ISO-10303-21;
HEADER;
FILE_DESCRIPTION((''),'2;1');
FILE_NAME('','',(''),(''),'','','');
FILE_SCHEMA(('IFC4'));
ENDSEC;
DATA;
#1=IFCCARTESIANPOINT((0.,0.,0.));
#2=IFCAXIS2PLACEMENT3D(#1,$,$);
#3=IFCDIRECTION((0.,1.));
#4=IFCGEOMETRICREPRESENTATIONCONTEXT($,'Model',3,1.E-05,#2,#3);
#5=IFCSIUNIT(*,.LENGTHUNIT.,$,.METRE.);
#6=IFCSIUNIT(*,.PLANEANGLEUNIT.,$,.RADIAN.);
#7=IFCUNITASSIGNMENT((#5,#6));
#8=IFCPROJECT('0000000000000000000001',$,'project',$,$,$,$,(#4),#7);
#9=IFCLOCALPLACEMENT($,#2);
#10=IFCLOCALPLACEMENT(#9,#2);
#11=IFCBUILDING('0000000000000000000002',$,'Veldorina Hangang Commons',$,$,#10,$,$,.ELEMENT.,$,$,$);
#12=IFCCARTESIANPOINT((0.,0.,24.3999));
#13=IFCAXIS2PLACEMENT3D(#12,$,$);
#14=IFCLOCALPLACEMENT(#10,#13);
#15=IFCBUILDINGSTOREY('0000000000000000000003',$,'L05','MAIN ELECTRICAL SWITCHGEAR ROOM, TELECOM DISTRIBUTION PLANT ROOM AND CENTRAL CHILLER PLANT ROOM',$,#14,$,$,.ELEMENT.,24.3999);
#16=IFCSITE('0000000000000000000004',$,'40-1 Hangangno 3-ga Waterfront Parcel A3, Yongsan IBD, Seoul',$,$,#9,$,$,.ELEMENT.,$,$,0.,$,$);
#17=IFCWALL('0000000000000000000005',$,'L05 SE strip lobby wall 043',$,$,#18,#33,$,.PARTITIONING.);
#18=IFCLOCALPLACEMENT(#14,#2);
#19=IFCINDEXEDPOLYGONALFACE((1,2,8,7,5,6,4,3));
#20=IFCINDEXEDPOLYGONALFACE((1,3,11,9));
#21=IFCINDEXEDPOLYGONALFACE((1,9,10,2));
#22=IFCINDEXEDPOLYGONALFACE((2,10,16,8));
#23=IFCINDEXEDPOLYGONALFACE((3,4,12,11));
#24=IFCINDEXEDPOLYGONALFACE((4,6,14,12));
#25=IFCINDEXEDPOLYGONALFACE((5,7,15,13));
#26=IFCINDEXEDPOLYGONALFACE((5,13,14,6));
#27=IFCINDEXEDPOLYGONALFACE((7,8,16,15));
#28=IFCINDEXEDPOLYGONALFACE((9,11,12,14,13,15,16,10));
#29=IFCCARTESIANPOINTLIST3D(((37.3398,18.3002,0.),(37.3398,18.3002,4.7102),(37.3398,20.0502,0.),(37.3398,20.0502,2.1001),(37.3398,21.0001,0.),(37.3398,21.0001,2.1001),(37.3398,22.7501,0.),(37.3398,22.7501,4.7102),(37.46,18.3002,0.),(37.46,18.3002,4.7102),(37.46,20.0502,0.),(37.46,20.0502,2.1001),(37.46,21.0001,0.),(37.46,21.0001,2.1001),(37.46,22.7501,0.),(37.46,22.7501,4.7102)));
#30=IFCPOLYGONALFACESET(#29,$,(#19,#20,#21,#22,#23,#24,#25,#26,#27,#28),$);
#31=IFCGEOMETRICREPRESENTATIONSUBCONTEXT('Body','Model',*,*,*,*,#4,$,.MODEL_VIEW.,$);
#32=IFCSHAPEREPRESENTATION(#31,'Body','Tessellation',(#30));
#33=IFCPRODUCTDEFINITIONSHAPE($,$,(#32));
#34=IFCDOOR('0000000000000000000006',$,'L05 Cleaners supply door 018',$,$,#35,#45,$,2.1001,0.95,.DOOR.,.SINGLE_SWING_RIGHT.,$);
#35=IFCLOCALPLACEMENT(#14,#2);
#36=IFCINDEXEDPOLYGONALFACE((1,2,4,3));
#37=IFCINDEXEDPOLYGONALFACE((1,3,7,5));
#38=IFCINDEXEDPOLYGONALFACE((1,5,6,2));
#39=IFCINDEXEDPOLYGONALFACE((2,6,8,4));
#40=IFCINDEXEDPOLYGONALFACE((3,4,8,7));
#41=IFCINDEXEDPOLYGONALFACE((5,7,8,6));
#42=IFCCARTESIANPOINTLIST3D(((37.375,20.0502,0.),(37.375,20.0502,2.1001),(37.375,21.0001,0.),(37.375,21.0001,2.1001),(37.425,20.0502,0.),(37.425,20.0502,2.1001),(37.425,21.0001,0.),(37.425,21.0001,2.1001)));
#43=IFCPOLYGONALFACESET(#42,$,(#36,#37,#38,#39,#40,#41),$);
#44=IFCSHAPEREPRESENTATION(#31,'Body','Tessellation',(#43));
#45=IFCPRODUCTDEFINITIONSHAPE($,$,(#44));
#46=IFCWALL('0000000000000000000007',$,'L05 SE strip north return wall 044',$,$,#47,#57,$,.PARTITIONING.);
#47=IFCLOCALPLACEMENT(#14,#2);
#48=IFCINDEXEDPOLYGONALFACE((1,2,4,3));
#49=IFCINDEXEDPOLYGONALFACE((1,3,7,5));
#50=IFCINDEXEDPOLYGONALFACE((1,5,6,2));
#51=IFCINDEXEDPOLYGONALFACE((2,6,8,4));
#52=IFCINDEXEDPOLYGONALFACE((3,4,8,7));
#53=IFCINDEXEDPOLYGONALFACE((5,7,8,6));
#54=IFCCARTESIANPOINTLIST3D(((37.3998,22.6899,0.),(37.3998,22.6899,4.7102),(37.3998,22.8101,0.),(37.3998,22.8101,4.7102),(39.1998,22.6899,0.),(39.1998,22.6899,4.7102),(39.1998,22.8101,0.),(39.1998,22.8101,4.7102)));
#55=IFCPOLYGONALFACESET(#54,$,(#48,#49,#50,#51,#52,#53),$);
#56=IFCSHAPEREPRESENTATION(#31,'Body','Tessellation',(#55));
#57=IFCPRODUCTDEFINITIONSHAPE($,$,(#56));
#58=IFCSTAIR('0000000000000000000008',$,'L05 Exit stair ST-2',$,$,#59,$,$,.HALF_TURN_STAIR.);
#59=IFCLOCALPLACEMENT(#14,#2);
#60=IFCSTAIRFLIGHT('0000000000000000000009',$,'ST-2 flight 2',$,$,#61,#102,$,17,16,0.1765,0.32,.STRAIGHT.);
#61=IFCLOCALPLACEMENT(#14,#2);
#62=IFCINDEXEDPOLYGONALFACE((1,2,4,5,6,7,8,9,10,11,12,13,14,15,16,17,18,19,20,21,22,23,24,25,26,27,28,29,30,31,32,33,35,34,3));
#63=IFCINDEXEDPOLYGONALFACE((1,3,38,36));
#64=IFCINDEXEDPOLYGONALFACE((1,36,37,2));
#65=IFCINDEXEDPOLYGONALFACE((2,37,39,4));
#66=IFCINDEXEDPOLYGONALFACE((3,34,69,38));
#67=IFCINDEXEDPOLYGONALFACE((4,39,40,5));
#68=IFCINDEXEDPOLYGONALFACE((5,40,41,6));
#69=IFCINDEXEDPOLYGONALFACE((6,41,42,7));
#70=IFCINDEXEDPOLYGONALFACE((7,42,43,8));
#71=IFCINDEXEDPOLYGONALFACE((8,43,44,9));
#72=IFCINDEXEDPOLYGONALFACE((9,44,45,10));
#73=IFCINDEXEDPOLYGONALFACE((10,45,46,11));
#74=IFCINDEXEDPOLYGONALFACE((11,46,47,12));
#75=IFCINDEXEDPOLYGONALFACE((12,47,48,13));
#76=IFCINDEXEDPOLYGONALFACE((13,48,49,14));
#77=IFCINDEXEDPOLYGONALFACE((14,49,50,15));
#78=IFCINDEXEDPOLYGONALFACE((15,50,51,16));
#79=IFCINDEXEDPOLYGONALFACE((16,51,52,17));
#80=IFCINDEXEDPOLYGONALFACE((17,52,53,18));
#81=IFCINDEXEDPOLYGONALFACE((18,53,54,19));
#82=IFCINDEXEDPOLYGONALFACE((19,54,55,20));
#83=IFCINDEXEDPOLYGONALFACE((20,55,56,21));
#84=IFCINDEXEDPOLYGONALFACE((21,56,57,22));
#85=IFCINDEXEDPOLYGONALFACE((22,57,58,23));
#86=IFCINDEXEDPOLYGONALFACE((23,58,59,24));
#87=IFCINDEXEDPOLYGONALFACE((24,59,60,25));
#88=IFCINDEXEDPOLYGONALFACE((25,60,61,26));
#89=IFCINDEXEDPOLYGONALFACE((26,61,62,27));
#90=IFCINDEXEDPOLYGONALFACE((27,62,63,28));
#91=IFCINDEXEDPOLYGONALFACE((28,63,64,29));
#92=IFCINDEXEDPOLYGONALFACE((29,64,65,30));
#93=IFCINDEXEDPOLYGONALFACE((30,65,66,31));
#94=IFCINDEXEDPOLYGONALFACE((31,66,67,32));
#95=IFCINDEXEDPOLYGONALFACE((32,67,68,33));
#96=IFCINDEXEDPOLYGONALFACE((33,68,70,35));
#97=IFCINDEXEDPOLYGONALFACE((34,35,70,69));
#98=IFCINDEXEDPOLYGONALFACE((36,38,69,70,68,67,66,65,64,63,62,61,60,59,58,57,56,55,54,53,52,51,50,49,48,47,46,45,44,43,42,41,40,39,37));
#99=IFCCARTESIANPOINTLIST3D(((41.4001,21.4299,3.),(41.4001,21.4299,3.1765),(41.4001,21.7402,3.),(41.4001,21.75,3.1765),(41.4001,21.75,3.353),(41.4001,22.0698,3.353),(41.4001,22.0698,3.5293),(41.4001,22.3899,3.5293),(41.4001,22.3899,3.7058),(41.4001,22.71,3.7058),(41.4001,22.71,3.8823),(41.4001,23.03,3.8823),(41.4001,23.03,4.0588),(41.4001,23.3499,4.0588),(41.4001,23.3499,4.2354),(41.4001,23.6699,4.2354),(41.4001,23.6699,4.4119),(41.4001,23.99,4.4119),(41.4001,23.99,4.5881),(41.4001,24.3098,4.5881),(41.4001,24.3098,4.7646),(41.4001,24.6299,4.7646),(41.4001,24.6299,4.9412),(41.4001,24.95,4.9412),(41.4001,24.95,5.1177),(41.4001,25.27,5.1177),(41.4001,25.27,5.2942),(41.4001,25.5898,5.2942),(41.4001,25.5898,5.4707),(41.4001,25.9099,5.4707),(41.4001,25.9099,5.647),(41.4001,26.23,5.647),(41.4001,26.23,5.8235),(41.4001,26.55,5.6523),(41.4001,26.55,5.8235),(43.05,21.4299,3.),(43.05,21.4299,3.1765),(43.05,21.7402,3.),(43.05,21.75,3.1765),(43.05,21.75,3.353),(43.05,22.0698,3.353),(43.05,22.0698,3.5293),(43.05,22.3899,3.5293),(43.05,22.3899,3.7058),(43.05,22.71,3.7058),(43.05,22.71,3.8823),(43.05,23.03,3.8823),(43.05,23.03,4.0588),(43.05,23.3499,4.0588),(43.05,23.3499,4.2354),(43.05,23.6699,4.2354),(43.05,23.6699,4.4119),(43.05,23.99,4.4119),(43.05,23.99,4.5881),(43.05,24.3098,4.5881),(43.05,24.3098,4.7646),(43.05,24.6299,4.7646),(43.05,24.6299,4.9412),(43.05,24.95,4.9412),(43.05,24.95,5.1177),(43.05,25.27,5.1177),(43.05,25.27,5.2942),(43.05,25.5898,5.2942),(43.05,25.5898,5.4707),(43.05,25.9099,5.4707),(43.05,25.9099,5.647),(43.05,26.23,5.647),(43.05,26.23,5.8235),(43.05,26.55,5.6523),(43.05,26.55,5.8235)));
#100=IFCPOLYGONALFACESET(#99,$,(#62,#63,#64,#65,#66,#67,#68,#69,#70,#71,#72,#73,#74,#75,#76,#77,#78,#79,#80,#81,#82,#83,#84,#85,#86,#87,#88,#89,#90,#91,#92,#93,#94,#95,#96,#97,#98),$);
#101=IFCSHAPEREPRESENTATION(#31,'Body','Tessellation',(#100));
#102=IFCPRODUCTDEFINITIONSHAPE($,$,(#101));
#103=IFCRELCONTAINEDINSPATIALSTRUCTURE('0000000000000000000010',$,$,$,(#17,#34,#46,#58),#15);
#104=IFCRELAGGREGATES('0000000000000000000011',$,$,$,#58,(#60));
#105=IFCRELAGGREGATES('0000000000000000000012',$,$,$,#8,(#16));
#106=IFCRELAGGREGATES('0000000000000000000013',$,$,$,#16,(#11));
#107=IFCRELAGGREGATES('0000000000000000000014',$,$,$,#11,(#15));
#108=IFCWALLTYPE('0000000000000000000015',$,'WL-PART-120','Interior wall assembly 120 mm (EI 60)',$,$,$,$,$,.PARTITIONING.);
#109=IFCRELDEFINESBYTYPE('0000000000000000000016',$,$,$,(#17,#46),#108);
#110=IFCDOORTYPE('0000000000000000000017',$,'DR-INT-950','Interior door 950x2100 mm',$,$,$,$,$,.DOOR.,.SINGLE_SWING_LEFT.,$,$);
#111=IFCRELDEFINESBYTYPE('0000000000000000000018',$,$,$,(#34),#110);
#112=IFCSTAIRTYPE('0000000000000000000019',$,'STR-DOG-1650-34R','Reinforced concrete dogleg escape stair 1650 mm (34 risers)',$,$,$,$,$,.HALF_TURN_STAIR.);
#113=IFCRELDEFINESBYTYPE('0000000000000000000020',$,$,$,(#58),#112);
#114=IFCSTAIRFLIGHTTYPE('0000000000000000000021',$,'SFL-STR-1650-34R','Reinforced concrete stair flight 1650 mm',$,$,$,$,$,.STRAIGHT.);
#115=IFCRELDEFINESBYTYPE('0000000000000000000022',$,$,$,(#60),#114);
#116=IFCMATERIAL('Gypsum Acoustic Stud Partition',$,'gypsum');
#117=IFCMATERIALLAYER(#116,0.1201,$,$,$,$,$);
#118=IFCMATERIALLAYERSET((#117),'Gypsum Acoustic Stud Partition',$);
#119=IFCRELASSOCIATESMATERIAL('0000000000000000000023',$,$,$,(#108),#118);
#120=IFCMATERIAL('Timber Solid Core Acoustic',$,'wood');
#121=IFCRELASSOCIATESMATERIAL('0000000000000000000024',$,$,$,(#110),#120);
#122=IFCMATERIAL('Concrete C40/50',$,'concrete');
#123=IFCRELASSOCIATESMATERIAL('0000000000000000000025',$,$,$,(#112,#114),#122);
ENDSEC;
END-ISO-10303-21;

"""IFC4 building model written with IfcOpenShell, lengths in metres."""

from ifc_helpers import new_model, si_unit, direction, frame, frame_2d, origin, place, context, subcontext, project, spatial, polyline, rectangle, outline, extrude, material, layer, layer_set, type_object, element, fill, aggregate, save


model = new_model("IFC4")

# Units and contexts
model_context = context("Model", 3, precision=1e-05, world=origin(), true_north=direction((0.0, 1.0)))
body_context = subcontext(model_context, "Body", "Model", "MODEL_VIEW")
ifc_project = project(units=[si_unit("LENGTHUNIT", "METRE"), si_unit("PLANEANGLEUNIT", "RADIAN")], contexts=[model_context])

# Site, building, storey
site_placement = place(None, origin())
site = spatial("IfcSite", under=ifc_project, at=site_placement, Name="40-1 Hangangno 3-ga Waterfront Parcel A3, Yongsan IBD, Seoul", CompositionType="ELEMENT", RefElevation=0.0)
building_placement = place(site_placement, origin())
building = spatial("IfcBuilding", under=site, at=building_placement, Name="Veldorina Hangang Commons", CompositionType="ELEMENT")
storey_placement = place(building_placement, frame((0.0, 0.0, 24.3999)))
storey = spatial("IfcBuildingStorey", under=building, at=storey_placement, Name="L05", Description="MAIN ELECTRICAL SWITCHGEAR ROOM, TELECOM DISTRIBUTION PLANT ROOM AND CENTRAL CHILLER PLANT ROOM", CompositionType="ELEMENT", Elevation=24.3999)

# Wall, opening, door
ifc_material_1 = material(Name="Gypsum Acoustic Stud Partition", Category="gypsum")
ifc_layer_1 = layer(ifc_material_1, 0.1201)
ifc_layer_set_1 = layer_set([ifc_layer_1], Name="Gypsum Acoustic Stud Partition")
wall_type_1 = type_object("IfcWallType", Name="WL-PART-120", Description="Interior wall assembly 120 mm (EI 60)", PredefinedType="PARTITIONING", material=ifc_layer_set_1)
wall_1_placement = place(storey_placement, frame((37.3999, 18.3, 0.0), z_axis=(0.0, 0.0, 1.0), x_axis=(0.0, 1.0, 0.0)))
wall_1 = element("IfcWall", 1, at=wall_1_placement, inside=storey, type_object=wall_type_1, Name="L05 SE strip lobby wall 043", PredefinedType="PARTITIONING", context=body_context, shape_type="SweptSolid", body=[
    extrude(rectangle(XDim=4.45, YDim=0.1201, at=frame_2d((2.2251, 0.0))), origin(), (0.0, 0.0, 1.0), 4.7102),
])
opening_1_placement = place(wall_1_placement, frame((1.75, 0.0, 0.0)))
opening_1 = element("IfcOpeningElement", 2, at=opening_1_placement, cuts=wall_1, PredefinedType="OPENING", context=body_context, shape_type="SweptSolid", body=[
    extrude(rectangle(XDim=0.95, YDim=2.1001, at=frame_2d((0.4751, 1.05))), frame((0.0, 0.0701, 0.0), z_axis=(0.0, -1.0, 0.0), x_axis=(1.0, 0.0, 0.0)), (0.0, 0.0, 1.0), 0.1401),
])
ifc_material_2 = material(Name="Timber Solid Core Acoustic", Category="wood")
door_type_1 = type_object("IfcDoorType", Name="DR-INT-950", Description="Interior door 950x2100 mm", OperationType="SINGLE_SWING_LEFT", PredefinedType="DOOR", material=ifc_material_2)
door_1_placement = place(opening_1_placement, origin())
door_1 = element("IfcDoor", 3, at=door_1_placement, inside=storey, type_object=door_type_1, Name="L05 Cleaners supply door 018", OperationType="SINGLE_SWING_RIGHT", OverallHeight=2.1001, OverallWidth=0.95, PredefinedType="DOOR", context=body_context, shape_type="SweptSolid", body=[
    extrude(rectangle(XDim=0.95, YDim=2.1001, at=frame_2d((0.4751, 1.05))), frame((0.0, 0.0249, 0.0), z_axis=(0.0, -1.0, 0.0), x_axis=(1.0, 0.0, 0.0)), (0.0, 0.0, 1.0), 0.05),
])
fill(opening_1, door_1)

# Wall
wall_2_placement = place(storey_placement, frame((37.3999, 22.75, 0.0), z_axis=(0.0, 0.0, 1.0), x_axis=(1.0, 0.0, 0.0)))
element("IfcWall", 4, at=wall_2_placement, inside=storey, type_object=wall_type_1, Name="L05 SE strip north return wall 044", PredefinedType="PARTITIONING", context=body_context, shape_type="SweptSolid", body=[
    extrude(rectangle(XDim=1.8, YDim=0.1201, at=frame_2d((0.8999, 0.0))), origin(), (0.0, 0.0, 1.0), 4.7102),
])

# Stair, stair flight
ifc_material_3 = material(Name="Concrete C40/50", Category="concrete")
stair_type = type_object("IfcStairType", Name="STR-DOG-1650-34R", Description="Reinforced concrete dogleg escape stair 1650 mm (34 risers)", PredefinedType="HALF_TURN_STAIR", material=ifc_material_3)
stair_placement = place(storey_placement, origin())
stair = element("IfcStair", 5, at=stair_placement, inside=storey, type_object=stair_type, Name="L05 Exit stair ST-2", PredefinedType="HALF_TURN_STAIR")
stair_flight_type = type_object("IfcStairFlightType", Name="SFL-STR-1650-34R", Description="Reinforced concrete stair flight 1650 mm", PredefinedType="STRAIGHT", material=ifc_material_3)
stair_flight_placement = place(storey_placement, frame((42.2251, 21.4299, 3.0), z_axis=(0.0, 0.0, 1.0), x_axis=(0.0, 1.0, 0.0)))
stair_flight = element("IfcStairFlight", 6, at=stair_flight_placement, type_object=stair_flight_type, Name="ST-2 flight 2", NumberOfRisers=17, NumberOfTreads=16, PredefinedType="STRAIGHT", RiserHeight=0.1765, TreadLength=0.32, context=body_context, shape_type="SweptSolid", body=[
    extrude(outline(polyline([(0.0, 0.0), (0.0, 0.1765), (0.3201, 0.1765), (0.3201, 0.353), (0.6399, 0.353), (0.6399, 0.5293), (0.96, 0.5293), (0.96, 0.7058), (1.28, 0.7058), (1.28, 0.8823), (1.6001, 0.8823), (1.6001, 1.0588), (1.9199, 1.0588), (1.9199, 1.2354), (2.24, 1.2354), (2.24, 1.4119), (2.5601, 1.4119), (2.5601, 1.5881), (2.8799, 1.5881), (2.8799, 1.7646), (3.2, 1.7646), (3.2, 1.9412), (3.52, 1.9412), (3.52, 2.1177), (3.8401, 2.1177), (3.8401, 2.2942), (4.1599, 2.2942), (4.1599, 2.4707), (4.48, 2.4707), (4.48, 2.647), (4.8, 2.647), (4.8, 2.8235), (5.1201, 2.8235), (5.1201, 3.0), (5.1201, 2.6523), (0.3103, 0.0), (0.0, 0.0)])), frame((0.0, 0.825, 0.0), z_axis=(0.0, -1.0, 0.0), x_axis=(1.0, 0.0, 0.0)), (0.0, 0.0, 1.0), 1.6499),
])
aggregate(stair, [stair_flight])

save(model, "model.ifc")
